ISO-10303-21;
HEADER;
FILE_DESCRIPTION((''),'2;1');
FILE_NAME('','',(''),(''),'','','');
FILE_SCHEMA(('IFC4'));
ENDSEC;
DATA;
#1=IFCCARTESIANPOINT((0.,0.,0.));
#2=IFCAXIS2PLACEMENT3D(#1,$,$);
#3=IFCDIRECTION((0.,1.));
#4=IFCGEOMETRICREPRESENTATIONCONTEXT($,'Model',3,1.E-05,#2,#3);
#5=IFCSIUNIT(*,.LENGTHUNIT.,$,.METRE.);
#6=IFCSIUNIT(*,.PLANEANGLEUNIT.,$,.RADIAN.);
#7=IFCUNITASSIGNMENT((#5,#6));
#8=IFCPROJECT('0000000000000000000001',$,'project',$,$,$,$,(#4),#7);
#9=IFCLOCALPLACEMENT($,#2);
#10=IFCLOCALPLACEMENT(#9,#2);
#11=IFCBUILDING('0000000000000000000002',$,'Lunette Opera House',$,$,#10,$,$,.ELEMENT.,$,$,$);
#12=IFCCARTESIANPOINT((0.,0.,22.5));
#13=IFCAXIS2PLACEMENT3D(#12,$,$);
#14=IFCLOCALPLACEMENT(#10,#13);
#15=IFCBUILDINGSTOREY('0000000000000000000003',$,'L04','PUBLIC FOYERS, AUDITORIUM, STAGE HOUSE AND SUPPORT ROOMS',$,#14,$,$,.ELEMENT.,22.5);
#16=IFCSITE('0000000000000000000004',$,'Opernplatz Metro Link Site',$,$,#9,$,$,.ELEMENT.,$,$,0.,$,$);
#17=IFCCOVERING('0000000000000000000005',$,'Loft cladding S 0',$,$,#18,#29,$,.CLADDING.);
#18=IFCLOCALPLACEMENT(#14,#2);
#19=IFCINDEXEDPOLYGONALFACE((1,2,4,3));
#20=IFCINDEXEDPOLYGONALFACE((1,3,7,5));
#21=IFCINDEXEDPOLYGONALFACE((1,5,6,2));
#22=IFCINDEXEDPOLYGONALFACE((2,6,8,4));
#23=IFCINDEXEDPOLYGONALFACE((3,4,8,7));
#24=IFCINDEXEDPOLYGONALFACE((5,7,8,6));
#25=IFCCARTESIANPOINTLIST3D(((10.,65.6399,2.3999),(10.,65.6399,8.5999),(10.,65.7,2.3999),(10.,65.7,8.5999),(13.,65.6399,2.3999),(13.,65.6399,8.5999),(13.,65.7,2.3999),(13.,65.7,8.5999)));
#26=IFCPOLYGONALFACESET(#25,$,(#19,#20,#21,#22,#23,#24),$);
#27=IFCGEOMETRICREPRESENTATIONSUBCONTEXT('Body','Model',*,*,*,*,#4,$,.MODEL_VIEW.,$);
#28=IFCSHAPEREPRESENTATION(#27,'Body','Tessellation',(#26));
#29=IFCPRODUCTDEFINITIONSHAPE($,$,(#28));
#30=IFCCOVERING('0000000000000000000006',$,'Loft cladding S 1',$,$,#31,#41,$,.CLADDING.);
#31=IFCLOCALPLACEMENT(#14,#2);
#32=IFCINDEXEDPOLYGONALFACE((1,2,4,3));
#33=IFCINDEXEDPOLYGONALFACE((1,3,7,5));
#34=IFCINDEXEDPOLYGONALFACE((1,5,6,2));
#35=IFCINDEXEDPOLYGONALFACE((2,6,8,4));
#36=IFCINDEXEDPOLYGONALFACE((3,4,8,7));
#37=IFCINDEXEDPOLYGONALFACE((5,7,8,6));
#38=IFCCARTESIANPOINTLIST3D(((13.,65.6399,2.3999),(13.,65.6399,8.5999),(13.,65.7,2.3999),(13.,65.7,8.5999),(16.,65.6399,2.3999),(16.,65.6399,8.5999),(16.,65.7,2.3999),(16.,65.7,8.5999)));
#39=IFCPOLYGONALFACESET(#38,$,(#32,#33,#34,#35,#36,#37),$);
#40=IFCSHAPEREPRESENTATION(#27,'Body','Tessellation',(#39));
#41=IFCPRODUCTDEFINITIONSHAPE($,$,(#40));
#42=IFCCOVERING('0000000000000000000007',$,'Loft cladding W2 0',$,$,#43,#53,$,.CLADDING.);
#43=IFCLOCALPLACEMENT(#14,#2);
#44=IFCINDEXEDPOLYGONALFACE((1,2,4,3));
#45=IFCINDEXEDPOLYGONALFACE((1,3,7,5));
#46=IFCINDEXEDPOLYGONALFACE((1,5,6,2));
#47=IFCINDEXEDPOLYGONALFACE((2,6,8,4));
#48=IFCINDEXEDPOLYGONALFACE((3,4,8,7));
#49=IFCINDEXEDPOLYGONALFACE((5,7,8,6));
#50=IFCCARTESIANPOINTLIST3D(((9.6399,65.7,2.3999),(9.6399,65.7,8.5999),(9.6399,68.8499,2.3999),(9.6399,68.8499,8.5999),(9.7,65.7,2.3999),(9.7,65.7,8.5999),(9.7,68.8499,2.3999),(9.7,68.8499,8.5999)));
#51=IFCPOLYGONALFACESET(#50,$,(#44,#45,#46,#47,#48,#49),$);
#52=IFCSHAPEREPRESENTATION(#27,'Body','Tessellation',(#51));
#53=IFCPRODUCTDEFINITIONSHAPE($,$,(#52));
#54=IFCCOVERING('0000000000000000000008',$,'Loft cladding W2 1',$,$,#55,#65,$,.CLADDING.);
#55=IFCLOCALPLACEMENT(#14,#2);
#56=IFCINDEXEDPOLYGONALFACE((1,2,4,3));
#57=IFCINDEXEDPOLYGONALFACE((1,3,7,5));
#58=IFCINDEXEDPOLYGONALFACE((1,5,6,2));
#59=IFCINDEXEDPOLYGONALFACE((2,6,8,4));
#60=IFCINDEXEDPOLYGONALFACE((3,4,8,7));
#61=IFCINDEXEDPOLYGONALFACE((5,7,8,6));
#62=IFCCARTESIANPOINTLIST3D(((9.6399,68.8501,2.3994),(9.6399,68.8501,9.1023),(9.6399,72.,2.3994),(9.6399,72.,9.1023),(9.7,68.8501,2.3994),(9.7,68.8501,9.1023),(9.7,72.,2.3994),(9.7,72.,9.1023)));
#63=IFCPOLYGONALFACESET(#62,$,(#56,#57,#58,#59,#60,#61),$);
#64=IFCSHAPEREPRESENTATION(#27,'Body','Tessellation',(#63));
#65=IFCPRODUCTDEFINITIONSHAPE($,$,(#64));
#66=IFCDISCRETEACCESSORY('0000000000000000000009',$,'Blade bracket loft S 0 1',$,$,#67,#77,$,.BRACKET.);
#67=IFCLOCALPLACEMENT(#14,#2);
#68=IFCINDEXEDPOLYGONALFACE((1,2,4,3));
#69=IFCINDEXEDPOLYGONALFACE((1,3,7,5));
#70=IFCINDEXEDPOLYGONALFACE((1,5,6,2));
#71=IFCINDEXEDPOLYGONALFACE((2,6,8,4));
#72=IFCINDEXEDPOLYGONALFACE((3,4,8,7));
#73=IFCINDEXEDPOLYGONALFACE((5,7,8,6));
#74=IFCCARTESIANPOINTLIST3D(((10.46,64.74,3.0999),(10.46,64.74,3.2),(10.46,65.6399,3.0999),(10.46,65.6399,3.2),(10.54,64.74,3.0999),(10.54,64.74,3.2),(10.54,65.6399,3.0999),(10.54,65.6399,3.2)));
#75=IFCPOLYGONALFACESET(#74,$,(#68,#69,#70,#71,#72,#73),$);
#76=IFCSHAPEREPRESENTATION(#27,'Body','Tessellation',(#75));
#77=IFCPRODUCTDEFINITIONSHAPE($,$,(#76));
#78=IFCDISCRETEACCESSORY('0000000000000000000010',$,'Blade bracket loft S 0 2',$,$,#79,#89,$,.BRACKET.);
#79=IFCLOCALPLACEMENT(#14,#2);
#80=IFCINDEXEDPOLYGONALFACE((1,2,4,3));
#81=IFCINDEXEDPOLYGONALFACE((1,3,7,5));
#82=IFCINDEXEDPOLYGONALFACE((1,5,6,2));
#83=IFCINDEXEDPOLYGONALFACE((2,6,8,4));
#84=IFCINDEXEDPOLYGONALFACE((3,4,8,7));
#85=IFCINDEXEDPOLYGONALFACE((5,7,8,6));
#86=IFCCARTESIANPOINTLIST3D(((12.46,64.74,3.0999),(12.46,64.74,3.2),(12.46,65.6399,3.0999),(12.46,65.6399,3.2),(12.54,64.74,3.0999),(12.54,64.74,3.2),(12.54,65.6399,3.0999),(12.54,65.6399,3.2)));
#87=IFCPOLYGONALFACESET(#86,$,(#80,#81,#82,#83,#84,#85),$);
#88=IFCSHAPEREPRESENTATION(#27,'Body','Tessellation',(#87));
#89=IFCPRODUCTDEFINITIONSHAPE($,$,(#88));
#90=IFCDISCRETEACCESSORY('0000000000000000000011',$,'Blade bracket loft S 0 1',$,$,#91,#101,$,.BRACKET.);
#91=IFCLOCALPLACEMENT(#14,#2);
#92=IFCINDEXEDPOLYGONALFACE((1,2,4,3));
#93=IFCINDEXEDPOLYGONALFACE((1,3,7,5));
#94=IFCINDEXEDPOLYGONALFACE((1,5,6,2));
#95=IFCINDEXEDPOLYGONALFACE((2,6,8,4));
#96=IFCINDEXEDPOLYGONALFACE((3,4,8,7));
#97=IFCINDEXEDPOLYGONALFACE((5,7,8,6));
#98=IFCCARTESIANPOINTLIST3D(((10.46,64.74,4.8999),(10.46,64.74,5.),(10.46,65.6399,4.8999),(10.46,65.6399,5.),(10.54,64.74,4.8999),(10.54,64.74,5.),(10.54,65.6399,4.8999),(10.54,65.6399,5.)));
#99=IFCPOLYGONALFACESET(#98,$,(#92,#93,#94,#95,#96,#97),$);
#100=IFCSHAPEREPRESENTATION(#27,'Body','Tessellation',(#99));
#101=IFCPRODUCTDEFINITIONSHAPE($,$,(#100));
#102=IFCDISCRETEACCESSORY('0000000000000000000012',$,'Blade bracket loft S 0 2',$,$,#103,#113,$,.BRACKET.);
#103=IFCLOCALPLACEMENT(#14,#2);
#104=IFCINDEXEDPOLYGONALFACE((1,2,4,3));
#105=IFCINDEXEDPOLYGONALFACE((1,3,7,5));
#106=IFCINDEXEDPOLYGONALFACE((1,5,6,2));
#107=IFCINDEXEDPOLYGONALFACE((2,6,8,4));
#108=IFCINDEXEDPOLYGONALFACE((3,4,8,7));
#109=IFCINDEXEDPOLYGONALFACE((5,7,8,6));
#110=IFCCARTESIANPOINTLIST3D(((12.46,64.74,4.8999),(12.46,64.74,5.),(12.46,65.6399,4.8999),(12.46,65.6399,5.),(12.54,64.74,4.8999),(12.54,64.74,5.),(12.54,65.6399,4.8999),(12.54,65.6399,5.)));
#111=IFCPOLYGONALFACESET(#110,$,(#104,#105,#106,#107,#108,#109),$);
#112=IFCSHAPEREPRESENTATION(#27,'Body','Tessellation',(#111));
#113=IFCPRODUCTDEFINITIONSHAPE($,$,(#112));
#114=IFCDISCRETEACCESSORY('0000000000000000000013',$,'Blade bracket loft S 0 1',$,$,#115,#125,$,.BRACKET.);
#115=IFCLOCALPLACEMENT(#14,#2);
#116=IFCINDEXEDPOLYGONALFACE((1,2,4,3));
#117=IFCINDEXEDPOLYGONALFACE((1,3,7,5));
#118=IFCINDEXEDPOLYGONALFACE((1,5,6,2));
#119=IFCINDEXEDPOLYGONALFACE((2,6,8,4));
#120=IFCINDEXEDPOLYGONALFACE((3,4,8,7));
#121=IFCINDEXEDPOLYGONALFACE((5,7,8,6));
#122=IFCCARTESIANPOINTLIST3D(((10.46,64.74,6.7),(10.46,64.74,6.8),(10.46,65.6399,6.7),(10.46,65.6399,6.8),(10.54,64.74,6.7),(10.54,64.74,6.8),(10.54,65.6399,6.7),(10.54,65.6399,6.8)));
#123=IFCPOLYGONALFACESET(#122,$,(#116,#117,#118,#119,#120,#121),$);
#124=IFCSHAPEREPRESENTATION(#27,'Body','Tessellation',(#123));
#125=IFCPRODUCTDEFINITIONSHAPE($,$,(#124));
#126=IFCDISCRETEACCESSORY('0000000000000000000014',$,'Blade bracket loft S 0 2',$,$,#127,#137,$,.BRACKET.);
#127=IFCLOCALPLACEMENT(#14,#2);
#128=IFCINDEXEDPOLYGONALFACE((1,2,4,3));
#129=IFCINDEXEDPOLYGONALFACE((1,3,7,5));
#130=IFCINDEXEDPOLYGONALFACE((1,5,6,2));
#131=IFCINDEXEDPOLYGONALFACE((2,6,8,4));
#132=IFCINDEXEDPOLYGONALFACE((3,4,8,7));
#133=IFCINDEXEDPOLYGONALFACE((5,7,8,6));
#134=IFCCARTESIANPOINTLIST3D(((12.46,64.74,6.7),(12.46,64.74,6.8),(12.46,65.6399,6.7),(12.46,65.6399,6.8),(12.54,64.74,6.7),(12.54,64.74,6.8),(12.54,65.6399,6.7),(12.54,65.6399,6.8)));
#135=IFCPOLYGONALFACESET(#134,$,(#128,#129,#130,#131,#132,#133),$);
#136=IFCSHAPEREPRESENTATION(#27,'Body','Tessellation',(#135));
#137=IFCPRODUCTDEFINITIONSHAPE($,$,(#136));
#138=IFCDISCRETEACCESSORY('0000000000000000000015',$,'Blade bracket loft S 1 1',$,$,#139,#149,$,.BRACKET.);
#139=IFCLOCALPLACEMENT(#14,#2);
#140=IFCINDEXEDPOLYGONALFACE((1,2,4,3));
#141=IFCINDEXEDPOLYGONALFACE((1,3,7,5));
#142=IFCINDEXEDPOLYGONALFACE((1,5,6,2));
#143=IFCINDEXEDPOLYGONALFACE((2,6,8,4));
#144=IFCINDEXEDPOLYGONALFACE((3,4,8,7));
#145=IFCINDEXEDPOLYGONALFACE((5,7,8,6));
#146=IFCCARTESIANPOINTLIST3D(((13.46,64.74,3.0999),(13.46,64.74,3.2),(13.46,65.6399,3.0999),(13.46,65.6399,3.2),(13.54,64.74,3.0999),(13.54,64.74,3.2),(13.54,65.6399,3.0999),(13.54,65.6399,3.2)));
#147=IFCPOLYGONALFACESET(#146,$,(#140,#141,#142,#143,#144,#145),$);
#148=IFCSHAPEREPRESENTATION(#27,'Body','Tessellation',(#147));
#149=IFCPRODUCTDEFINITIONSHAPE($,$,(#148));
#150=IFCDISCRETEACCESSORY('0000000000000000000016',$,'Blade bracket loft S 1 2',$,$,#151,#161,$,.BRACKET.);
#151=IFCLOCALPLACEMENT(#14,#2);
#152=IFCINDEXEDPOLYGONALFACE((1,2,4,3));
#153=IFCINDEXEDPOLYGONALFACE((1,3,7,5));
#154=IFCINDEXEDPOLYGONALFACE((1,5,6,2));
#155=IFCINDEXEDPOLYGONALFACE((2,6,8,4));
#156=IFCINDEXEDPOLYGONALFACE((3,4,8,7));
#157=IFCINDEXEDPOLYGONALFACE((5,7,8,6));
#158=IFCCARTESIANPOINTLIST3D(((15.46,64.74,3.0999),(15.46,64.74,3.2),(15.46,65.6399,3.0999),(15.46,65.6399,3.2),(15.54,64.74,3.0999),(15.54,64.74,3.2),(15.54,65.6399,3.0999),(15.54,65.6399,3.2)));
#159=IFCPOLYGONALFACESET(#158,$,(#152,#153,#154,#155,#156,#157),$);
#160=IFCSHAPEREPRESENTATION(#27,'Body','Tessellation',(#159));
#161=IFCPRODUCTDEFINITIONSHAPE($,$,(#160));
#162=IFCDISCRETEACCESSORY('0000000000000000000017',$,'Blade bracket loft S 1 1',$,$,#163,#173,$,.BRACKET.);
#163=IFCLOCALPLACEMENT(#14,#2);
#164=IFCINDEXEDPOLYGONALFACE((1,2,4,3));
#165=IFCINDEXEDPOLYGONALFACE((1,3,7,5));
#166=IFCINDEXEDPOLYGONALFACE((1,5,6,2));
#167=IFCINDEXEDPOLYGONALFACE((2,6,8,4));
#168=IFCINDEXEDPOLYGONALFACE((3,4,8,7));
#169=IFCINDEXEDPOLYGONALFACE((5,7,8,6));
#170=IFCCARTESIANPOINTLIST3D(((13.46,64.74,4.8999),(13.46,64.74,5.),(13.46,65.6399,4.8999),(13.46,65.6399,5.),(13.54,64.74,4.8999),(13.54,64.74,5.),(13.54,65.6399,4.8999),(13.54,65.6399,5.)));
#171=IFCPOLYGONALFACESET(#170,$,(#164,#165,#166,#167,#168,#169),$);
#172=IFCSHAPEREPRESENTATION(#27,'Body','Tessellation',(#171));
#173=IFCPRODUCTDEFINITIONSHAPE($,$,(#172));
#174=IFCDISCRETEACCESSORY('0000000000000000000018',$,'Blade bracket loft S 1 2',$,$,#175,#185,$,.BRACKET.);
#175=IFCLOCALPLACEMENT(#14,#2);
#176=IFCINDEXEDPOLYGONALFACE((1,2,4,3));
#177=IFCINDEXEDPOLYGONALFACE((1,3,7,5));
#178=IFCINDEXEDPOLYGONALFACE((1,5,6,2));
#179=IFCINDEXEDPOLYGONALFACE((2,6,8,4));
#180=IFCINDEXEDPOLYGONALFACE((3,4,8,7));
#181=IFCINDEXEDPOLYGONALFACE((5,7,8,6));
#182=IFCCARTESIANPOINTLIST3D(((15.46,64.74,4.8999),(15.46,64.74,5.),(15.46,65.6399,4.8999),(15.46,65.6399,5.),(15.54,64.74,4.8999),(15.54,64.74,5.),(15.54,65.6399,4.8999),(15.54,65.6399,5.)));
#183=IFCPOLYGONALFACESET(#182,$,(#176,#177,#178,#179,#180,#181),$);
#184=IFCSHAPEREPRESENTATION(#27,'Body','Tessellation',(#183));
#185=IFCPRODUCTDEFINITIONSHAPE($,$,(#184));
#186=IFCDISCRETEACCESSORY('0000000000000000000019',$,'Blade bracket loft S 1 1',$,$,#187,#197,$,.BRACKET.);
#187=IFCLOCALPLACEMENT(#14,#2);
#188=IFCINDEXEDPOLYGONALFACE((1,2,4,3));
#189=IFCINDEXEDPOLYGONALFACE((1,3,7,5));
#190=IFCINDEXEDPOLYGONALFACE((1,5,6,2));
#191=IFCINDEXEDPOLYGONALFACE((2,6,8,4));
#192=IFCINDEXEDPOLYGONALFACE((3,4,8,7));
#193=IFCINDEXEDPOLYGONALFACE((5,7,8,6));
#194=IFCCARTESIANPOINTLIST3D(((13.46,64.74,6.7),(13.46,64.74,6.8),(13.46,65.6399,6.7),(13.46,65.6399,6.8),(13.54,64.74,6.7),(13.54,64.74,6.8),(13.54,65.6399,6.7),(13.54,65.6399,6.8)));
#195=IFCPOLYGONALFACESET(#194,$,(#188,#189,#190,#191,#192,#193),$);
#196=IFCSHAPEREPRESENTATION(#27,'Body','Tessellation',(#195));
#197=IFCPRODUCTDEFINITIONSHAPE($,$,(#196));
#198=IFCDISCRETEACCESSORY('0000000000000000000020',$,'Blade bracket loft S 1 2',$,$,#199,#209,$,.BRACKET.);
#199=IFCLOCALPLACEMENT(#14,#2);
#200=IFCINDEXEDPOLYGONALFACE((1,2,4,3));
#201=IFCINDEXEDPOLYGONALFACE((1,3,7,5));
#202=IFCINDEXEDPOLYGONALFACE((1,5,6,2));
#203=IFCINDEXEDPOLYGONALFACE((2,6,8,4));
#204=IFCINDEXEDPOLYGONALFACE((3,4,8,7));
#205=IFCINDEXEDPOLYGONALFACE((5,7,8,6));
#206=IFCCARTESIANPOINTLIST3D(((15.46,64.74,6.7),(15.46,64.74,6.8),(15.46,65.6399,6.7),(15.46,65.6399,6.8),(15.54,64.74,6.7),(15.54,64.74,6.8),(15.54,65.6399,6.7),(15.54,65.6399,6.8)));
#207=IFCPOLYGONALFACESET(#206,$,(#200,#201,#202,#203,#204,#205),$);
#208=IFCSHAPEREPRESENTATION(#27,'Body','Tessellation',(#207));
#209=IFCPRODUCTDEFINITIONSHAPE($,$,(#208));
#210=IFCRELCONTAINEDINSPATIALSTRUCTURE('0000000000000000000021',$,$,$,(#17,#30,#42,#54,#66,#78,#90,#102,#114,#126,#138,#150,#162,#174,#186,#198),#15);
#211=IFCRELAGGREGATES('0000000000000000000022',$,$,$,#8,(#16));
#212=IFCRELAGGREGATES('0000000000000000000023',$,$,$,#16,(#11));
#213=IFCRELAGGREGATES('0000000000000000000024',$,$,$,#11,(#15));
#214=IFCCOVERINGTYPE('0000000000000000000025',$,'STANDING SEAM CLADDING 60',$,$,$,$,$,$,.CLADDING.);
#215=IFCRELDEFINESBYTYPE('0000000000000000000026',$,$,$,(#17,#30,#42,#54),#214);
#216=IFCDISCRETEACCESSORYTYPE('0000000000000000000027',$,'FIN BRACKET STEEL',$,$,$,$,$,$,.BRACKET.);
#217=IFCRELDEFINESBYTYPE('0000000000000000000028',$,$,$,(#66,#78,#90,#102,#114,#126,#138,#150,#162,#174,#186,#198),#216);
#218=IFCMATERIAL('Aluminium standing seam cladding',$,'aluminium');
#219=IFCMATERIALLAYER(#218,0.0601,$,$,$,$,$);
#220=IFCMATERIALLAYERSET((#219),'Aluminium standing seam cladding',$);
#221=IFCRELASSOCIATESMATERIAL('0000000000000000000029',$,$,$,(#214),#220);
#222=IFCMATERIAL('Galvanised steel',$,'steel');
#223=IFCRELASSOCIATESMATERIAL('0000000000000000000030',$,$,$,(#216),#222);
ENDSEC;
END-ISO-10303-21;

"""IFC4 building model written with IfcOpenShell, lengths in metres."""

from ifc_helpers import new_model, si_unit, direction, frame, origin, origin_2d, place, context, subcontext, project, spatial, rectangle, extrude, material, layer, layer_set, type_object, element, save


model = new_model("IFC4")

# Units and contexts
model_context = context("Model", 3, precision=1e-05, world=origin(), true_north=direction((0.0, 1.0)))
body_context = subcontext(model_context, "Body", "Model", "MODEL_VIEW")
ifc_project = project(units=[si_unit("LENGTHUNIT", "METRE"), si_unit("PLANEANGLEUNIT", "RADIAN")], contexts=[model_context])

# Site, building, storey
site_placement = place(None, origin())
site = spatial("IfcSite", under=ifc_project, at=site_placement, Name="Opernplatz Metro Link Site", CompositionType="ELEMENT", RefElevation=0.0)
building_placement = place(site_placement, origin())
building = spatial("IfcBuilding", under=site, at=building_placement, Name="Lunette Opera House", CompositionType="ELEMENT")
storey_placement = place(building_placement, frame((0.0, 0.0, 22.5)))
storey = spatial("IfcBuildingStorey", under=building, at=storey_placement, Name="L04", Description="PUBLIC FOYERS, AUDITORIUM, STAGE HOUSE AND SUPPORT ROOMS", CompositionType="ELEMENT", Elevation=22.5)

# Coverings
ifc_material_1 = material(Name="Aluminium standing seam cladding", Category="aluminium")
ifc_layer_1 = layer(ifc_material_1, 0.0601)
ifc_layer_set_1 = layer_set([ifc_layer_1], Name="Aluminium standing seam cladding")
covering_type_1 = type_object("IfcCoveringType", Name="STANDING SEAM CLADDING 60", PredefinedType="CLADDING", material=ifc_layer_set_1)
for number, where, z_axis, x_axis, name in (
    (1, (11.5, 65.6699, 2.3999), (0.0, 0.0, 1.0), (1.0, 0.0, 0.0), "Loft cladding S 0"),
    (2, (14.5, 65.6699, 2.3999), (0.0, 0.0, 1.0), (1.0, 0.0, 0.0), "Loft cladding S 1"),
):
    element("IfcCovering", number, at=place(storey_placement, frame(where, z_axis=z_axis, x_axis=x_axis)), inside=storey, type_object=covering_type_1, Name=name, PredefinedType="CLADDING", context=body_context, shape_type="SweptSolid", body=[
        extrude(rectangle(XDim=3.0, YDim=0.0601, at=origin_2d()), origin(), (0.0, 0.0, 1.0), 6.2),
    ])
covering_1_placement = place(storey_placement, frame((9.6699, 67.2749, 2.3999), z_axis=(0.0, 0.0, 1.0), x_axis=(0.0, 1.0, 0.0)))
element("IfcCovering", 3, at=covering_1_placement, inside=storey, type_object=covering_type_1, Name="Loft cladding W2 0", PredefinedType="CLADDING", context=body_context, shape_type="SweptSolid", body=[
    extrude(rectangle(XDim=3.1499, YDim=0.0601, at=origin_2d()), origin(), (0.0, 0.0, 1.0), 6.2),
])
covering_2_placement = place(storey_placement, frame((9.6699, 70.425, 2.3994), z_axis=(0.0, 0.0, 1.0), x_axis=(0.0, 1.0, 0.0)))
element("IfcCovering", 4, at=covering_2_placement, inside=storey, type_object=covering_type_1, Name="Loft cladding W2 1", PredefinedType="CLADDING", context=body_context, shape_type="SweptSolid", body=[
    extrude(rectangle(XDim=3.1499, YDim=0.0601, at=origin_2d()), origin(), (0.0, 0.0, 1.0), 6.7029),
])

# Discrete accessories
ifc_material_2 = material(Name="Galvanised steel", Category="steel")
discrete_accessory_type = type_object("IfcDiscreteAccessoryType", Name="FIN BRACKET STEEL", PredefinedType="BRACKET", material=ifc_material_2)
for number, where, z_axis, x_axis, name in (
    (5, (10.5, 65.1899, 3.0999), (0.0, 0.0, 1.0), (0.0, -1.0, 0.0), "Blade bracket loft S 0 1"),
    (6, (12.5, 65.1899, 3.0999), (0.0, 0.0, 1.0), (0.0, -1.0, 0.0), "Blade bracket loft S 0 2"),
    (7, (10.5, 65.1899, 4.8999), (0.0, 0.0, 1.0), (0.0, -1.0, 0.0), "Blade bracket loft S 0 1"),
    (8, (12.5, 65.1899, 4.8999), (0.0, 0.0, 1.0), (0.0, -1.0, 0.0), "Blade bracket loft S 0 2"),
    (9, (10.5, 65.1899, 6.7), (0.0, 0.0, 1.0), (0.0, -1.0, 0.0), "Blade bracket loft S 0 1"),
    (10, (12.5, 65.1899, 6.7), (0.0, 0.0, 1.0), (0.0, -1.0, 0.0), "Blade bracket loft S 0 2"),
    (11, (13.5, 65.1899, 3.0999), (0.0, 0.0, 1.0), (0.0, -1.0, 0.0), "Blade bracket loft S 1 1"),
    (12, (15.5, 65.1899, 3.0999), (0.0, 0.0, 1.0), (0.0, -1.0, 0.0), "Blade bracket loft S 1 2"),
    (13, (13.5, 65.1899, 4.8999), (0.0, 0.0, 1.0), (0.0, -1.0, 0.0), "Blade bracket loft S 1 1"),
    (14, (15.5, 65.1899, 4.8999), (0.0, 0.0, 1.0), (0.0, -1.0, 0.0), "Blade bracket loft S 1 2"),
    (15, (13.5, 65.1899, 6.7), (0.0, 0.0, 1.0), (0.0, -1.0, 0.0), "Blade bracket loft S 1 1"),
    (16, (15.5, 65.1899, 6.7), (0.0, 0.0, 1.0), (0.0, -1.0, 0.0), "Blade bracket loft S 1 2"),
):
    element("IfcDiscreteAccessory", number, at=place(storey_placement, frame(where, z_axis=z_axis, x_axis=x_axis)), inside=storey, type_object=discrete_accessory_type, Name=name, PredefinedType="BRACKET", context=body_context, shape_type="SweptSolid", body=[
        extrude(rectangle(XDim=0.8999, YDim=0.0801, at=origin_2d()), origin(), (0.0, 0.0, 1.0), 0.1001),
    ])

save(model, "model.ifc")
